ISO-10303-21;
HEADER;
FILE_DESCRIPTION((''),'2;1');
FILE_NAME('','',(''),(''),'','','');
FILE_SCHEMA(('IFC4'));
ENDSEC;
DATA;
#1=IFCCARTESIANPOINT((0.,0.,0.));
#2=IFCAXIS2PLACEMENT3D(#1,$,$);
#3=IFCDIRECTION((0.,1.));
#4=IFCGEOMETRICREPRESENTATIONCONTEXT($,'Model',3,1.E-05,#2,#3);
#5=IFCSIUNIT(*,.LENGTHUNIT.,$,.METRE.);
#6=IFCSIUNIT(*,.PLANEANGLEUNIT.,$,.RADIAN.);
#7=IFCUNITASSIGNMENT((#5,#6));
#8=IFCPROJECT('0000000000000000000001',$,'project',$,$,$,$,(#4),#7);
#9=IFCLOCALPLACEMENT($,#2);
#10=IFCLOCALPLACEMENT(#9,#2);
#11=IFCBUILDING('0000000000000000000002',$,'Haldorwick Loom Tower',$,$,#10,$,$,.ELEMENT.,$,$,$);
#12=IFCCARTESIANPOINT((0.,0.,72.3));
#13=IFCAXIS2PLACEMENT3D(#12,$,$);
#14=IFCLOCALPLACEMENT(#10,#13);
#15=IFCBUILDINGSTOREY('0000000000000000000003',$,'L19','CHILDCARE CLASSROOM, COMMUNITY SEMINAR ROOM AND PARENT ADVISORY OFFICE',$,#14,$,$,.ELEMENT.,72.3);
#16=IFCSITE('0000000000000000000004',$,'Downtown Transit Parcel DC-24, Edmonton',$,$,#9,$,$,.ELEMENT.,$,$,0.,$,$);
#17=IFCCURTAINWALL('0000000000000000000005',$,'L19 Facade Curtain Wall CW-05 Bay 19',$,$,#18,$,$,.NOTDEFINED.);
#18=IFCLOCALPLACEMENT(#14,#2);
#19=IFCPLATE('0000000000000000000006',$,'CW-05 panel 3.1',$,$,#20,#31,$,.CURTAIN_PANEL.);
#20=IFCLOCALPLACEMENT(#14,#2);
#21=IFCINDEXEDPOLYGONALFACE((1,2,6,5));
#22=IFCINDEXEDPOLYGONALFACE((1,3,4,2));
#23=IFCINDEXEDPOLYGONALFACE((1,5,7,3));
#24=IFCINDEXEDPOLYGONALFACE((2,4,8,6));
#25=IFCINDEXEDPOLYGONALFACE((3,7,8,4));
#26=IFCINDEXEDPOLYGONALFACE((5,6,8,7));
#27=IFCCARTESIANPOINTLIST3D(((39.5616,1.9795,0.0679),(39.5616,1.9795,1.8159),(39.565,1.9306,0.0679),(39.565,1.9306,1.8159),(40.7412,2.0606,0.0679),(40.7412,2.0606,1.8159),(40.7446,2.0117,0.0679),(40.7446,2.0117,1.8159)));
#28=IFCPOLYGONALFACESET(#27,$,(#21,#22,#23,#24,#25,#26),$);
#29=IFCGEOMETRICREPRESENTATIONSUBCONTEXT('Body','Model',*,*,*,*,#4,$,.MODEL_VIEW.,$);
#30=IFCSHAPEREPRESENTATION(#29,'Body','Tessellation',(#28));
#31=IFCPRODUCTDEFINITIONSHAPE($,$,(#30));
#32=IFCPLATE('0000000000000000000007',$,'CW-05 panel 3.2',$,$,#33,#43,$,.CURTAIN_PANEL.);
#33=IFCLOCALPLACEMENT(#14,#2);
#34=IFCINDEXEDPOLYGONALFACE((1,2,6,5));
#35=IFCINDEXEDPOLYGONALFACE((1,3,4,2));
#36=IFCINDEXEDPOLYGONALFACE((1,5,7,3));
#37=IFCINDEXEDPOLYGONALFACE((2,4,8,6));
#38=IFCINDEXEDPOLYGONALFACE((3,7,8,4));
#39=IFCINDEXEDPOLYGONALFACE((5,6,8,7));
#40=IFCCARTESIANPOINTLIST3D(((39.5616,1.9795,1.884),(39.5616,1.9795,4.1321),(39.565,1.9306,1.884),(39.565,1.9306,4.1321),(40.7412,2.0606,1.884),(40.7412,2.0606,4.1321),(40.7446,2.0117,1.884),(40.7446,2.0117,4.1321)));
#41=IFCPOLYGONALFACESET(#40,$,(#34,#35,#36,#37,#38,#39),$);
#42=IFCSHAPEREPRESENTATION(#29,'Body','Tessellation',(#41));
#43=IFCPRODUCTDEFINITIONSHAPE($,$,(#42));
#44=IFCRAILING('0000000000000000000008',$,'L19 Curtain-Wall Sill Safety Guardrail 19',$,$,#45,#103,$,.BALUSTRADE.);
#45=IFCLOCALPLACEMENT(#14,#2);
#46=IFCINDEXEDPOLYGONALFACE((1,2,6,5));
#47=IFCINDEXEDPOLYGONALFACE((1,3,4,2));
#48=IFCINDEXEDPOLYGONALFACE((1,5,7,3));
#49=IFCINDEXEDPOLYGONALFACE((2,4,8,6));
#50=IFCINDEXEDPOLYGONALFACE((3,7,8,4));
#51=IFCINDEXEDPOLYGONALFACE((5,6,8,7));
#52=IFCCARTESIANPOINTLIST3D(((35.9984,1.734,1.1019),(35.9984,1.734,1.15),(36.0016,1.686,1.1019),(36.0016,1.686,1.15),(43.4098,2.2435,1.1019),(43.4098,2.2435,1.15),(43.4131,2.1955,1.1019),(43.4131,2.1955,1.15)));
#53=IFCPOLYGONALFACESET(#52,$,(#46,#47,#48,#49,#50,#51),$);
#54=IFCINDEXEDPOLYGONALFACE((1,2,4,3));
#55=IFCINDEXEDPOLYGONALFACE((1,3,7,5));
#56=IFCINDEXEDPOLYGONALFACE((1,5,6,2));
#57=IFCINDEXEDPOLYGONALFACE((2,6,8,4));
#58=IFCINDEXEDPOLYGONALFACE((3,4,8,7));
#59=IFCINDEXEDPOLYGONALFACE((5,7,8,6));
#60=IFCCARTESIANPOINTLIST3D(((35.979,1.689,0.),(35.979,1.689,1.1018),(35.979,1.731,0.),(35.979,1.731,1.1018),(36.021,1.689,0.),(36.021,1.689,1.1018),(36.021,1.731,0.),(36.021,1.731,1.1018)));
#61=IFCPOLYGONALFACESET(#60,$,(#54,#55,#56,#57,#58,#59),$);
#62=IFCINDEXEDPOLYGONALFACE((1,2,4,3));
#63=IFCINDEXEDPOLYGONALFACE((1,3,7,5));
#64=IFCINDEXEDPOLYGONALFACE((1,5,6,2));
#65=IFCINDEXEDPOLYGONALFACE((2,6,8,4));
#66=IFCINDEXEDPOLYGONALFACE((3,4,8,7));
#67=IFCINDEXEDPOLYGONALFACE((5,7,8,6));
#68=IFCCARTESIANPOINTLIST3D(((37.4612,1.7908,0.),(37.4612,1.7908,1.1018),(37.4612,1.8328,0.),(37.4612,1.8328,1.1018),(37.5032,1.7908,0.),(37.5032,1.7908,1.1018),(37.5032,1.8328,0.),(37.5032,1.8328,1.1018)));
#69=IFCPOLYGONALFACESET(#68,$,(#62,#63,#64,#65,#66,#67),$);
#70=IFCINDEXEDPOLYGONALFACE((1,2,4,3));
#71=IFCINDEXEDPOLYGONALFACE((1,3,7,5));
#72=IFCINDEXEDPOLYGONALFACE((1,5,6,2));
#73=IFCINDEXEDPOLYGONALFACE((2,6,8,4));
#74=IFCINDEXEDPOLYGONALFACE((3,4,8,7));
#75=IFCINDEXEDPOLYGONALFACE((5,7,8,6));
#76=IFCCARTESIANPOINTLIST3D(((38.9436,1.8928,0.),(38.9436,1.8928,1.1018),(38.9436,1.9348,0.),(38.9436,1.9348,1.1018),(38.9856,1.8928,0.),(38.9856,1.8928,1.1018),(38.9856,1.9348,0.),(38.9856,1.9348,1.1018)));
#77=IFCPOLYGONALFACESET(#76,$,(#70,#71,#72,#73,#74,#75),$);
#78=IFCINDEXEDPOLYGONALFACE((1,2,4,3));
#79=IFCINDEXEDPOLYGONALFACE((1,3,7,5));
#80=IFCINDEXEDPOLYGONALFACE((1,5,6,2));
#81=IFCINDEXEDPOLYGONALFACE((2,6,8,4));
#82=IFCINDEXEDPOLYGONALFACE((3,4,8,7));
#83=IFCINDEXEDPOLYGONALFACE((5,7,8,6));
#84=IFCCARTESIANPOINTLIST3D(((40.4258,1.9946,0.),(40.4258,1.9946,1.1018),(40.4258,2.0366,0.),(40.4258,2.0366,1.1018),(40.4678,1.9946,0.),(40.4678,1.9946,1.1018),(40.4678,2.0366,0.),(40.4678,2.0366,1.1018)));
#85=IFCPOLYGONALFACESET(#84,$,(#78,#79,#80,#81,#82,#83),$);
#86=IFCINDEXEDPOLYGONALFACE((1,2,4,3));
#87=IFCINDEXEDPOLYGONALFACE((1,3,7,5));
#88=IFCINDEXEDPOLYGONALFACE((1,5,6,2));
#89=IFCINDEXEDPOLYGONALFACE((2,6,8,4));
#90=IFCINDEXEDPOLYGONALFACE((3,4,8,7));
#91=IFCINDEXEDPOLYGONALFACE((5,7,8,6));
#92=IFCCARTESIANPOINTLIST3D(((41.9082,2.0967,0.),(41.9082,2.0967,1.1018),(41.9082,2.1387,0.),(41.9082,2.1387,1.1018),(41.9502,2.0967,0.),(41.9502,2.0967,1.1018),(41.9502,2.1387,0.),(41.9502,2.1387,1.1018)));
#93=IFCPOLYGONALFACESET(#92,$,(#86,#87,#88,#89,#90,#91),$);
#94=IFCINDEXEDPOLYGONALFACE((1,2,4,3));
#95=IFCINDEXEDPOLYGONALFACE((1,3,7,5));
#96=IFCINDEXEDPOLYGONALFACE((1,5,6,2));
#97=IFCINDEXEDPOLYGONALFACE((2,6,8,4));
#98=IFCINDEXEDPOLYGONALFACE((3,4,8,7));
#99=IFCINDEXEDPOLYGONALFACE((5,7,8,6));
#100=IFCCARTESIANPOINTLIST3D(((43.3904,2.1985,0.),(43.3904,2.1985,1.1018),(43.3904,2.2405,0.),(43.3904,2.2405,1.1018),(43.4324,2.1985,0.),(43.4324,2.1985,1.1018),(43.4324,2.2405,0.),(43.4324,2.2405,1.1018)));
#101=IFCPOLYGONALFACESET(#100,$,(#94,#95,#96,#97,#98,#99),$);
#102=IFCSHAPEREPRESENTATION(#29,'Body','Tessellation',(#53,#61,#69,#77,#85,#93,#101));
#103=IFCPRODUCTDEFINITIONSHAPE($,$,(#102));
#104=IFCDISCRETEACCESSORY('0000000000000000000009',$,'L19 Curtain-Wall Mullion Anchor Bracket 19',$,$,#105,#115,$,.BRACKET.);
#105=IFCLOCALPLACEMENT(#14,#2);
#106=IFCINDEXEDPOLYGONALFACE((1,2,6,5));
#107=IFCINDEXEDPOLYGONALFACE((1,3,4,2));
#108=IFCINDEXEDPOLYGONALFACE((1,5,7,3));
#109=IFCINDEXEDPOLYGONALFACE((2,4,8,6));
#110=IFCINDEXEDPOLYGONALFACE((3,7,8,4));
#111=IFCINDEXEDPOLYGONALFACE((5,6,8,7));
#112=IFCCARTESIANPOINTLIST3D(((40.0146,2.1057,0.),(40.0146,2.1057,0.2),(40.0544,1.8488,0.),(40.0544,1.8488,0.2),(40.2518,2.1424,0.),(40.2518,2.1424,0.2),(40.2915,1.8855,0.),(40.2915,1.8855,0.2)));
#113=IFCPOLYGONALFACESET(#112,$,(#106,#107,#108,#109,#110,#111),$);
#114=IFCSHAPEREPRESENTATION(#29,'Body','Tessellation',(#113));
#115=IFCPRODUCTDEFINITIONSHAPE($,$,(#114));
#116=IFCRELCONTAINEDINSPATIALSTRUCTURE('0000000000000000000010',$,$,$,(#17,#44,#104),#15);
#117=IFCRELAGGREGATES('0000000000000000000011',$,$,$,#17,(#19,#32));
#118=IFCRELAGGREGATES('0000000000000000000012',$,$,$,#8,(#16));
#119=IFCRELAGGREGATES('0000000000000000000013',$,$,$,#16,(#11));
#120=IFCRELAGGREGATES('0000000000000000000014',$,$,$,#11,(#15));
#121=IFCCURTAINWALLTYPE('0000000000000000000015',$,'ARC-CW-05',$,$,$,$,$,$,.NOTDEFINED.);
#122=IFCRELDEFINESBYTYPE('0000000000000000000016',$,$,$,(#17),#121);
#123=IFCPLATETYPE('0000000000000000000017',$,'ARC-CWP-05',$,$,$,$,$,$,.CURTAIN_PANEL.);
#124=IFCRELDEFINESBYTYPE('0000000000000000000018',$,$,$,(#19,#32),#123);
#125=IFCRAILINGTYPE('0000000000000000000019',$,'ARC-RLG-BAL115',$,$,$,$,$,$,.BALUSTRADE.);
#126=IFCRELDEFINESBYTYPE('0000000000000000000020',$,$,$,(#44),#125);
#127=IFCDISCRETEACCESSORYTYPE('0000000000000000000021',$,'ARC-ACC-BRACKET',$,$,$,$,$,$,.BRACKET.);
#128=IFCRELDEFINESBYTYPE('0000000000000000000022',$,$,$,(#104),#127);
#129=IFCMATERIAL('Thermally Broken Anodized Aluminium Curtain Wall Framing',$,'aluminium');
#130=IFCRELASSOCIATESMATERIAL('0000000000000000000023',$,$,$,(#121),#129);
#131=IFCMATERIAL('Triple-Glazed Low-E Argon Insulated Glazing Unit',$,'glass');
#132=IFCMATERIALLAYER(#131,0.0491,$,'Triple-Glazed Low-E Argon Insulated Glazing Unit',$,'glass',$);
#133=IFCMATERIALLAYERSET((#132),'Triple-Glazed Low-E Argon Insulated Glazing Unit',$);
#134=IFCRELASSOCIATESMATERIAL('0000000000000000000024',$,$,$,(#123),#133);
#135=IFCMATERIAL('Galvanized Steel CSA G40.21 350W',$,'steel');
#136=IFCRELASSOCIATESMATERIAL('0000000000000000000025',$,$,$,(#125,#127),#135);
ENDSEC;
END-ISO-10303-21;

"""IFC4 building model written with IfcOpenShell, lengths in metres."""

from ifc_helpers import new_model, si_unit, direction, frame, origin, origin_2d, place, context, subcontext, project, spatial, rectangle, extrude, material, layer, layer_set, type_object, element, aggregate, save


model = new_model("IFC4")

# Units and contexts
model_context = context("Model", 3, precision=1e-05, world=origin(), true_north=direction((0.0, 1.0)))
body_context = subcontext(model_context, "Body", "Model", "MODEL_VIEW")
ifc_project = project(units=[si_unit("LENGTHUNIT", "METRE"), si_unit("PLANEANGLEUNIT", "RADIAN")], contexts=[model_context])

# Site, building, storey
site_placement = place(None, origin())
site = spatial("IfcSite", under=ifc_project, at=site_placement, Name="Downtown Transit Parcel DC-24, Edmonton", CompositionType="ELEMENT", RefElevation=0.0)
building_placement = place(site_placement, origin())
building = spatial("IfcBuilding", under=site, at=building_placement, Name="Haldorwick Loom Tower", CompositionType="ELEMENT")
storey_placement = place(building_placement, frame((0.0, 0.0, 72.3)))
storey = spatial("IfcBuildingStorey", under=building, at=storey_placement, Name="L19", Description="CHILDCARE CLASSROOM, COMMUNITY SEMINAR ROOM AND PARENT ADVISORY OFFICE", CompositionType="ELEMENT", Elevation=72.3)

# Curtain wall
ifc_material_1 = material(Name="Thermally Broken Anodized Aluminium Curtain Wall Framing", Category="aluminium")
curtain_wall_type_1 = type_object("IfcCurtainWallType", Name="ARC-CW-05", PredefinedType="NOTDEFINED", material=ifc_material_1)
curtain_wall_1_placement = place(storey_placement, origin())
curtain_wall_1 = element("IfcCurtainWall", 1, at=curtain_wall_1_placement, inside=storey, type_object=curtain_wall_type_1, Name="L19 Facade Curtain Wall CW-05 Bay 19", PredefinedType="NOTDEFINED")

# Plates
ifc_material_2 = material(Name="Triple-Glazed Low-E Argon Insulated Glazing Unit", Category="glass")
ifc_layer_1 = layer(ifc_material_2, 0.0491, Name="Triple-Glazed Low-E Argon Insulated Glazing Unit", Category="glass")
ifc_layer_set_1 = layer_set([ifc_layer_1], Name="Triple-Glazed Low-E Argon Insulated Glazing Unit")
plate_type_1 = type_object("IfcPlateType", Name="ARC-CWP-05", PredefinedType="CURTAIN_PANEL", material=ifc_layer_set_1)
plate_1_placement = place(storey_placement, frame((40.1531, 1.9956, 0.0679), z_axis=(0.0, 0.0, 1.0), x_axis=(0.997645, 0.068589, 0.0)))
plate_1 = element("IfcPlate", 2, at=plate_1_placement, type_object=plate_type_1, Name="CW-05 panel 3.1", PredefinedType="CURTAIN_PANEL", context=body_context, shape_type="SweptSolid", body=[
    extrude(rectangle(XDim=1.1824, YDim=0.0491, at=origin_2d()), origin(), (0.0, 0.0, 1.0), 1.748),
])
plate_2_placement = place(storey_placement, frame((40.1531, 1.9956, 1.884), z_axis=(0.0, 0.0, 1.0), x_axis=(0.997645, 0.068589, 0.0)))
plate_2 = element("IfcPlate", 3, at=plate_2_placement, type_object=plate_type_1, Name="CW-05 panel 3.2", PredefinedType="CURTAIN_PANEL", context=body_context, shape_type="SweptSolid", body=[
    extrude(rectangle(XDim=1.1824, YDim=0.0491, at=origin_2d()), origin(), (0.0, 0.0, 1.0), 2.248),
])
aggregate(curtain_wall_1, [plate_1, plate_2])

# Railing
ifc_material_3 = material(Name="Galvanized Steel CSA G40.21 350W", Category="steel")
railing_type = type_object("IfcRailingType", Name="ARC-RLG-BAL115", PredefinedType="BALUSTRADE", material=ifc_material_3)
railing_placement = place(storey_placement, frame((36.0, 1.71, 0.0)))
element("IfcRailing", 4, at=railing_placement, inside=storey, type_object=railing_type, Name="L19 Curtain-Wall Sill Safety Guardrail 19", PredefinedType="BALUSTRADE", context=body_context, shape_type="SweptSolid", body=[
    extrude(rectangle(XDim=0.0481, YDim=0.0481, at=origin_2d()), frame((0.0, 0.0, 1.126), z_axis=(0.997645, 0.068587, 0.0), x_axis=(-0.068587, 0.997645, 0.0)), (0.0, 0.0, 1.0), 7.429),
    extrude(rectangle(XDim=0.042, YDim=0.042, at=origin_2d()), origin(), (0.0, 0.0, 1.0), 1.1018),
    extrude(rectangle(XDim=0.042, YDim=0.042, at=origin_2d()), frame((1.4822, 0.1018, 0.0)), (0.0, 0.0, 1.0), 1.1018),
    extrude(rectangle(XDim=0.042, YDim=0.042, at=origin_2d()), frame((2.9646, 0.2039, 0.0)), (0.0, 0.0, 1.0), 1.1018),
    extrude(rectangle(XDim=0.042, YDim=0.042, at=origin_2d()), frame((4.4468, 0.3057, 0.0)), (0.0, 0.0, 1.0), 1.1018),
    extrude(rectangle(XDim=0.042, YDim=0.042, at=origin_2d()), frame((5.9292, 0.4077, 0.0)), (0.0, 0.0, 1.0), 1.1018),
    extrude(rectangle(XDim=0.042, YDim=0.042, at=origin_2d()), frame((7.4114, 0.5095, 0.0)), (0.0, 0.0, 1.0), 1.1018),
])

# Discrete accessory
discrete_accessory_type = type_object("IfcDiscreteAccessoryType", Name="ARC-ACC-BRACKET", PredefinedType="BRACKET", material=ifc_material_3)
discrete_accessory_placement = place(storey_placement, frame((40.1531, 1.9956, 0.0), z_axis=(0.0, 0.0, 1.0), x_axis=(0.152986, -0.988228, 0.0)))
element("IfcDiscreteAccessory", 5, at=discrete_accessory_placement, inside=storey, type_object=discrete_accessory_type, Name="L19 Curtain-Wall Mullion Anchor Bracket 19", PredefinedType="BRACKET", context=body_context, shape_type="SweptSolid", body=[
    extrude(rectangle(XDim=0.26, YDim=0.24, at=origin_2d()), origin(), (0.0, 0.0, 1.0), 0.2),
])

save(model, "model.ifc")
